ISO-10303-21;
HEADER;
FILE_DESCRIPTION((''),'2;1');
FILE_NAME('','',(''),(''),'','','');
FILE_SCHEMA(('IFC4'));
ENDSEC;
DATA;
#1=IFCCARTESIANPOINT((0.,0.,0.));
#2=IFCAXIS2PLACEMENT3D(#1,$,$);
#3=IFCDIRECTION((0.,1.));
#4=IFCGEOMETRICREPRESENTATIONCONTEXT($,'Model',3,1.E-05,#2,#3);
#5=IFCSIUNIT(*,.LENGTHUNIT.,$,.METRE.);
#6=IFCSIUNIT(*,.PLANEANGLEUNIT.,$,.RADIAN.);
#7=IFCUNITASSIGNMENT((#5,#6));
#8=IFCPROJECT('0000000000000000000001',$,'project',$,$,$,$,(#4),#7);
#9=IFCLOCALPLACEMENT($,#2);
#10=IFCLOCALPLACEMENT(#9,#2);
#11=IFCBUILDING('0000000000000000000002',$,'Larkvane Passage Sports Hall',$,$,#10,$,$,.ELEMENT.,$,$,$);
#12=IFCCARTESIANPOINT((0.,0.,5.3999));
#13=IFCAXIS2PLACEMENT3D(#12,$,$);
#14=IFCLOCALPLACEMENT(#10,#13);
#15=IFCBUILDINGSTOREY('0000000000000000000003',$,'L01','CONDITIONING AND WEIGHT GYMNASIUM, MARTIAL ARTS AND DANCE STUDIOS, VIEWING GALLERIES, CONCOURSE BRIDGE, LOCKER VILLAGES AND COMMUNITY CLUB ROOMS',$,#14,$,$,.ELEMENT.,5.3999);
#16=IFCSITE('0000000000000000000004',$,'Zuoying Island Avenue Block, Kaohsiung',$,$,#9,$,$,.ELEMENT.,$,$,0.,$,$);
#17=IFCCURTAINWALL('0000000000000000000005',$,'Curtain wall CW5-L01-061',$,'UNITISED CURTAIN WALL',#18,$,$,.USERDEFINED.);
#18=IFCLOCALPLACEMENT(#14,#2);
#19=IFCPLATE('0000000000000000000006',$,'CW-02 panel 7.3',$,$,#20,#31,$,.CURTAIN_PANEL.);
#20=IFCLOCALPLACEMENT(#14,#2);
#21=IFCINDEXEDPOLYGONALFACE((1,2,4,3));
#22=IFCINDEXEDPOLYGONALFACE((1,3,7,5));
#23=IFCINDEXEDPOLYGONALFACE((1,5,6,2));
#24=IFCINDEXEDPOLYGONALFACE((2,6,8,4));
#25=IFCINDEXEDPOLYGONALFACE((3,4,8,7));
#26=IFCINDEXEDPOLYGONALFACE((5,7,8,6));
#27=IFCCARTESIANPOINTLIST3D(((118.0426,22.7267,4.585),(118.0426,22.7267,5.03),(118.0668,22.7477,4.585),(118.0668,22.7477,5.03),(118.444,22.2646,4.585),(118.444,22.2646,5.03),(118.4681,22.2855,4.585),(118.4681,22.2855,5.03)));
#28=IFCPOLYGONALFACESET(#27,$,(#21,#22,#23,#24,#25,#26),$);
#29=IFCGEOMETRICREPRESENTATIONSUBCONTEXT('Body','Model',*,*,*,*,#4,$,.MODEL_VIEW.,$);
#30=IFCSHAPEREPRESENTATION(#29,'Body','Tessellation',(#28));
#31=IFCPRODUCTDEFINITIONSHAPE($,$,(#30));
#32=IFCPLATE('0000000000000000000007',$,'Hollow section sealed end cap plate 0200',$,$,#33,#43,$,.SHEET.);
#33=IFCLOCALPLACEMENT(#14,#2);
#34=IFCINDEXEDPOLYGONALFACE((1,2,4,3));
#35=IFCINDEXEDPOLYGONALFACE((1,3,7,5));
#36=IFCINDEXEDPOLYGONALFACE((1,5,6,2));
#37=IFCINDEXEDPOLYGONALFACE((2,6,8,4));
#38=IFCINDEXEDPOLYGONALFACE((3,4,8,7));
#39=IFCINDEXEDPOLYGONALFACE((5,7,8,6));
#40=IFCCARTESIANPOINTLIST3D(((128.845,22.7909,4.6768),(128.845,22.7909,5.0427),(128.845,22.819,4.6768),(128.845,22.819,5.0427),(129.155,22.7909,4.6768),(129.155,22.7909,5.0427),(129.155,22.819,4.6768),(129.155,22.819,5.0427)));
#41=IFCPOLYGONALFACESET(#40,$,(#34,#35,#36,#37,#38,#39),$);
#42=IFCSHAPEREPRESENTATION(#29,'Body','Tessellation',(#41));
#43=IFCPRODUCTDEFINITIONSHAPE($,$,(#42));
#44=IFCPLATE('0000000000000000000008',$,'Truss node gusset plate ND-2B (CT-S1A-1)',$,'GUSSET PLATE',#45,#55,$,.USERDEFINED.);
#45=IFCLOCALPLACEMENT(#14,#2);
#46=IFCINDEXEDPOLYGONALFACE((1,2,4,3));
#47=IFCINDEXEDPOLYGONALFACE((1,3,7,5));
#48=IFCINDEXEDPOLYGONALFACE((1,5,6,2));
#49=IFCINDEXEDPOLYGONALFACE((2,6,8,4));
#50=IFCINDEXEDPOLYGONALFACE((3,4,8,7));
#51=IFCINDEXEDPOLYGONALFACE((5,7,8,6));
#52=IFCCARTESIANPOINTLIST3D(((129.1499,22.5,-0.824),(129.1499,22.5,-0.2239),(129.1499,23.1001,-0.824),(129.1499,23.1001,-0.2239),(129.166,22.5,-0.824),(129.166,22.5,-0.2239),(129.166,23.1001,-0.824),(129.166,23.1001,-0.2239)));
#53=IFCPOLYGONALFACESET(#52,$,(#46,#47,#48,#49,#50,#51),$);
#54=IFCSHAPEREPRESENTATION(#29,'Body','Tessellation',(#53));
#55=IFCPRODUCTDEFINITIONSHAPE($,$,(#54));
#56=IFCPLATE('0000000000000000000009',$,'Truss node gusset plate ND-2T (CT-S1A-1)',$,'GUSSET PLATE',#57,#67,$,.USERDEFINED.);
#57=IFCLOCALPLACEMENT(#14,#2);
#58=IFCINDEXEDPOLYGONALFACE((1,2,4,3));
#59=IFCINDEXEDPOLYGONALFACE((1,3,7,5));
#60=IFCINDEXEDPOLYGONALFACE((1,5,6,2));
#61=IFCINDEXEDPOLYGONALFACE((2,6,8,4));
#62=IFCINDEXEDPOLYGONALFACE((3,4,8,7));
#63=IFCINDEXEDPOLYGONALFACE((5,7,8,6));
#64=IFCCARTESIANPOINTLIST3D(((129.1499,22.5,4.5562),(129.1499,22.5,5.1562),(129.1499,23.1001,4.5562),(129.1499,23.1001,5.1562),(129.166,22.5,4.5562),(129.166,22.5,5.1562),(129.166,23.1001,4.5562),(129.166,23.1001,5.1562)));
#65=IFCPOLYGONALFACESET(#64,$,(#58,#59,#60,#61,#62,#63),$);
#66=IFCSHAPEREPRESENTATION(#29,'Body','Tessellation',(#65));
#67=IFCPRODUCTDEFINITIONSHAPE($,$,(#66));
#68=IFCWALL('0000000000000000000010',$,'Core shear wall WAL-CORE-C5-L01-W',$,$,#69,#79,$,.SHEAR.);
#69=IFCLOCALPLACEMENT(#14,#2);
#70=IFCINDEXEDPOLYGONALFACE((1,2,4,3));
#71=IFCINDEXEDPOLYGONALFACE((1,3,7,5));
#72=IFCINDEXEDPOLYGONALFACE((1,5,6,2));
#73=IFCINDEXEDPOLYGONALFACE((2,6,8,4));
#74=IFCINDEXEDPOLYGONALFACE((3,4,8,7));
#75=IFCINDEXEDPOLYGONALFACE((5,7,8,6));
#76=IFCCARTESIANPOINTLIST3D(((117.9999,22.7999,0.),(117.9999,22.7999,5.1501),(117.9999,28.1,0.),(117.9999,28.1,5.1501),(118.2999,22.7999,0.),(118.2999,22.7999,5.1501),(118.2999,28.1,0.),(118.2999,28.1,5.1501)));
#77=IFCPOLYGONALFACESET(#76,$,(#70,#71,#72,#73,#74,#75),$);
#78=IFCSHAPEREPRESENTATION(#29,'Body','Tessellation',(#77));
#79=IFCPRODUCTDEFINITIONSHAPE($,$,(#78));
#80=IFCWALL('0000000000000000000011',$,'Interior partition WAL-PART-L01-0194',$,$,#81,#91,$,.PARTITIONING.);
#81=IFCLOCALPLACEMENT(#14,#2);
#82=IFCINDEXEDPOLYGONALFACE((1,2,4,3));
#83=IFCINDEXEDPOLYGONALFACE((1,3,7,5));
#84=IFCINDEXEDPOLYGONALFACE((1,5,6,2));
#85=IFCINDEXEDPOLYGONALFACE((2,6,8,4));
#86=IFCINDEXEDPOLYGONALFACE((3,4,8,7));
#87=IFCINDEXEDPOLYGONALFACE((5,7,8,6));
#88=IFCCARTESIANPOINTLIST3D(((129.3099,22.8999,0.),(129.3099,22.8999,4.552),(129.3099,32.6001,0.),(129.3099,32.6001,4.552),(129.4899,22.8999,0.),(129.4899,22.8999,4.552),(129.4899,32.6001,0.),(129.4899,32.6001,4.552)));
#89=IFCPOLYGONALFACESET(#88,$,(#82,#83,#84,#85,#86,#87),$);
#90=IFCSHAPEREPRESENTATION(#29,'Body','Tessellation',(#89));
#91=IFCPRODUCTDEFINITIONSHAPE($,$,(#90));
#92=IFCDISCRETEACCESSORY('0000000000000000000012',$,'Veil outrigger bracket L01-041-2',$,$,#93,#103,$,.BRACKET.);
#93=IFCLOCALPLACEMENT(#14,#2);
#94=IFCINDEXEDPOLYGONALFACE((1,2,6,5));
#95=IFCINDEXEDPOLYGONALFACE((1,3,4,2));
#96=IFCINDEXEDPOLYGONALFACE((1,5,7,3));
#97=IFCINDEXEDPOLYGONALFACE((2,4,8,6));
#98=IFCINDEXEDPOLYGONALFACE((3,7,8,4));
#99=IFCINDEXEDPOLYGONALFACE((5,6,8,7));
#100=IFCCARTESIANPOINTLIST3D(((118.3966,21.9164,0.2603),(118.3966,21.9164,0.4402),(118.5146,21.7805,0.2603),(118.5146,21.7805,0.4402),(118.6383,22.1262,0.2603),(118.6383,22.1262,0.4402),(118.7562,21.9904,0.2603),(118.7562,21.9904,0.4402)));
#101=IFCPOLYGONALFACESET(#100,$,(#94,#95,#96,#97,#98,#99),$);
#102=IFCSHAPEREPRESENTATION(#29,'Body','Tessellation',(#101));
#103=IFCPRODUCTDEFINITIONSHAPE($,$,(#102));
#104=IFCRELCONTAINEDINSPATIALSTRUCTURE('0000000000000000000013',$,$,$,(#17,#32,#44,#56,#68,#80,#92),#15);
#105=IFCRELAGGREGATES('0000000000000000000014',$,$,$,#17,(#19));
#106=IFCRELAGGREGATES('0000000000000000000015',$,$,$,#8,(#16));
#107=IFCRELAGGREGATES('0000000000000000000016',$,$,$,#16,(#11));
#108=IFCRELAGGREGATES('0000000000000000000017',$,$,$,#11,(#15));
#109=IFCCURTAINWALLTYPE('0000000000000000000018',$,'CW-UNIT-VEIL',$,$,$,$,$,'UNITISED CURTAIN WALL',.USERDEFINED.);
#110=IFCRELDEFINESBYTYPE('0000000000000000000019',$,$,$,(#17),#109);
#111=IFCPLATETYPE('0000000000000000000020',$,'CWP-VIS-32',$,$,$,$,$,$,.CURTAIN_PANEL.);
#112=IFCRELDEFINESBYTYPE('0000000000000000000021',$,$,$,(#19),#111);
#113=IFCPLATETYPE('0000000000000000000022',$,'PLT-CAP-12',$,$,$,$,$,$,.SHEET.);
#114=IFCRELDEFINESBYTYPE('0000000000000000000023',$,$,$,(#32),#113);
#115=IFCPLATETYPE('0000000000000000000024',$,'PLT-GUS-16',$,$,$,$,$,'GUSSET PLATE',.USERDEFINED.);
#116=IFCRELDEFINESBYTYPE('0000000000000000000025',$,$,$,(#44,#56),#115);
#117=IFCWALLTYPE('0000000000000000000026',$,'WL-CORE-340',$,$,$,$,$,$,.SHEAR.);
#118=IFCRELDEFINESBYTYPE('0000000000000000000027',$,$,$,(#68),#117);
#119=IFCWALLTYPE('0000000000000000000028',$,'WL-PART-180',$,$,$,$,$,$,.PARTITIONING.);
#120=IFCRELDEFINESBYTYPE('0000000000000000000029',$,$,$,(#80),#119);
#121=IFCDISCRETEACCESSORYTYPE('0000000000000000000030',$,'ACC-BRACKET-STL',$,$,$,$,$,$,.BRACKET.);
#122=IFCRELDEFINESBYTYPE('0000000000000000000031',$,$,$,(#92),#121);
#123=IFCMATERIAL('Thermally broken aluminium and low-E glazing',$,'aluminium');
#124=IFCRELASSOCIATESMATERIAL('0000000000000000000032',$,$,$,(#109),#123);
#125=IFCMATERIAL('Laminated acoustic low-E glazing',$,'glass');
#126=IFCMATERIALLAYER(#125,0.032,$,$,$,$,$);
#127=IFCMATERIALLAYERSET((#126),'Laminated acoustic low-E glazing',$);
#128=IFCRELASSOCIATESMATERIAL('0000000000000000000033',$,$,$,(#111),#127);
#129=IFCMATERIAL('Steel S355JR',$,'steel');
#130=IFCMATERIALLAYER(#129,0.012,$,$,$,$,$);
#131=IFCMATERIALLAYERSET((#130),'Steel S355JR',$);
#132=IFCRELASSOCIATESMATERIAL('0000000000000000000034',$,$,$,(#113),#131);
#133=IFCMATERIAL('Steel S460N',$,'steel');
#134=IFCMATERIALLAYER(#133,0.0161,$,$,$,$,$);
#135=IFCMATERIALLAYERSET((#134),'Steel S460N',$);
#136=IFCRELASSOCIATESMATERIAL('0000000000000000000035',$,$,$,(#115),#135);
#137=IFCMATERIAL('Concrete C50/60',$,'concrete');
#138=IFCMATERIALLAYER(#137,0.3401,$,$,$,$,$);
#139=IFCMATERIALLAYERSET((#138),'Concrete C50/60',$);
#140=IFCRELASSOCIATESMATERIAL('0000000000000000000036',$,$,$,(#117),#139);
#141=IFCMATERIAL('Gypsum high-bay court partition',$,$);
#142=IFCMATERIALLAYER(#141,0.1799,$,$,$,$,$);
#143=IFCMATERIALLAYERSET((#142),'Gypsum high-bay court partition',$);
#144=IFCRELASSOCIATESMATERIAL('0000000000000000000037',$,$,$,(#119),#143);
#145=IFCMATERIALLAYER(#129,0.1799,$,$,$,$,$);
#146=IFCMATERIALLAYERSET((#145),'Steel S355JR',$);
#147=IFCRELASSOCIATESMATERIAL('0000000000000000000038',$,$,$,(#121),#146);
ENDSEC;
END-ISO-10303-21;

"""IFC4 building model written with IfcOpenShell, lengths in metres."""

from ifc_helpers import new_model, si_unit, direction, frame, frame_2d, origin, origin_2d, place, context, subcontext, project, spatial, rectangle, extrude, material, layer, layer_set, type_object, element, aggregate, save


model = new_model("IFC4")

# Units and contexts
model_context = context("Model", 3, precision=1e-05, world=origin(), true_north=direction((0.0, 1.0)))
body_context = subcontext(model_context, "Body", "Model", "MODEL_VIEW")
ifc_project = project(units=[si_unit("LENGTHUNIT", "METRE"), si_unit("PLANEANGLEUNIT", "RADIAN")], contexts=[model_context])

# Site, building, storey
site_placement = place(None, origin())
site = spatial("IfcSite", under=ifc_project, at=site_placement, Name="Zuoying Island Avenue Block, Kaohsiung", CompositionType="ELEMENT", RefElevation=0.0)
building_placement = place(site_placement, origin())
building = spatial("IfcBuilding", under=site, at=building_placement, Name="Larkvane Passage Sports Hall", CompositionType="ELEMENT")
storey_placement = place(building_placement, frame((0.0, 0.0, 5.3999)))
storey = spatial("IfcBuildingStorey", under=building, at=storey_placement, Name="L01", Description="CONDITIONING AND WEIGHT GYMNASIUM, MARTIAL ARTS AND DANCE STUDIOS, VIEWING GALLERIES, CONCOURSE BRIDGE, LOCKER VILLAGES AND COMMUNITY CLUB ROOMS", CompositionType="ELEMENT", Elevation=5.3999)

# Shared definitions
ifc_material_1 = material(Name="Steel S460N", Category="steel")

# Curtain wall
ifc_material_2 = material(Name="Thermally broken aluminium and low-E glazing", Category="aluminium")
curtain_wall_type = type_object("IfcCurtainWallType", Name="CW-UNIT-VEIL", ElementType="UNITISED CURTAIN WALL", PredefinedType="USERDEFINED", material=ifc_material_2)
curtain_wall_placement = place(storey_placement, origin())
curtain_wall = element("IfcCurtainWall", 1, at=curtain_wall_placement, inside=storey, type_object=curtain_wall_type, Name="Curtain wall CW5-L01-061", ObjectType="UNITISED CURTAIN WALL", PredefinedType="USERDEFINED")

# Plate
ifc_material_3 = material(Name="Laminated acoustic low-E glazing", Category="glass")
ifc_layer_1 = layer(ifc_material_3, 0.032)
ifc_layer_set_1 = layer_set([ifc_layer_1], Name="Laminated acoustic low-E glazing")
plate_type_1 = type_object("IfcPlateType", Name="CWP-VIS-32", PredefinedType="CURTAIN_PANEL", material=ifc_layer_set_1)
plate_1_placement = place(storey_placement, frame((118.2554, 22.5061, 4.585), z_axis=(0.0, 0.0, 1.0), x_axis=(-0.655685, 0.755035, 0.0)))
plate_1 = element("IfcPlate", 2, at=plate_1_placement, type_object=plate_type_1, Name="CW-02 panel 7.3", PredefinedType="CURTAIN_PANEL", context=body_context, shape_type="SweptSolid", body=[
    extrude(rectangle(XDim=0.6121, YDim=0.032, at=origin_2d()), origin(), (0.0, 0.0, 1.0), 0.4451),
])
aggregate(curtain_wall, [plate_1])

# Plates
ifc_material_4 = material(Name="Steel S355JR", Category="steel")
ifc_layer_2 = layer(ifc_material_4, 0.012)
ifc_layer_set_2 = layer_set([ifc_layer_2], Name="Steel S355JR")
plate_type_2 = type_object("IfcPlateType", Name="PLT-CAP-12", PredefinedType="SHEET", material=ifc_layer_set_2)
plate_2_placement = place(storey_placement, frame((129.0, 22.8049, 4.6768), z_axis=(0.0, 0.0, 1.0), x_axis=(-1.0, 0.0, 0.0)))
element("IfcPlate", 3, at=plate_2_placement, inside=storey, type_object=plate_type_2, Name="Hollow section sealed end cap plate 0200", PredefinedType="SHEET", context=body_context, shape_type="SweptSolid", body=[
    extrude(rectangle(XDim=0.3101, YDim=0.0281, at=origin_2d()), origin(), (0.0, 0.0, 1.0), 0.366),
])
ifc_layer_3 = layer(ifc_material_1, 0.0161)
ifc_layer_set_3 = layer_set([ifc_layer_3], Name="Steel S460N")
plate_type_3 = type_object("IfcPlateType", Name="PLT-GUS-16", ElementType="GUSSET PLATE", PredefinedType="USERDEFINED", material=ifc_layer_set_3)
for number, where, z_axis, x_axis, name in (
    (4, (129.158, 22.8, -0.824), (0.0, 0.0, 1.0), (0.0, 1.0, 0.0), "Truss node gusset plate ND-2B (CT-S1A-1)"),
    (5, (129.158, 22.8, 4.5562), (0.0, 0.0, 1.0), (0.0, 1.0, 0.0), "Truss node gusset plate ND-2T (CT-S1A-1)"),
):
    element("IfcPlate", number, at=place(storey_placement, frame(where, z_axis=z_axis, x_axis=x_axis)), inside=storey, type_object=plate_type_3, Name=name, ObjectType="GUSSET PLATE", PredefinedType="USERDEFINED", context=body_context, shape_type="SweptSolid", body=[
        extrude(rectangle(XDim=0.6001, YDim=0.0161, at=origin_2d()), origin(), (0.0, 0.0, 1.0), 0.6001),
    ])

# Walls
ifc_material_5 = material(Name="Concrete C50/60", Category="concrete")
ifc_layer_4 = layer(ifc_material_5, 0.3401)
ifc_layer_set_4 = layer_set([ifc_layer_4], Name="Concrete C50/60")
wall_type_1 = type_object("IfcWallType", Name="WL-CORE-340", PredefinedType="SHEAR", material=ifc_layer_set_4)
wall_1_placement = place(storey_placement, frame((118.1499, 22.8, 0.0), z_axis=(0.0, 0.0, 1.0), x_axis=(0.0, 1.0, 0.0)))
element("IfcWall", 6, at=wall_1_placement, inside=storey, type_object=wall_type_1, Name="Core shear wall WAL-CORE-C5-L01-W", PredefinedType="SHEAR", context=body_context, shape_type="SweptSolid", body=[
    extrude(rectangle(XDim=5.3, YDim=0.3, at=frame_2d((2.6499, 0.0))), origin(), (0.0, 0.0, 1.0), 5.1501),
])
ifc_material_6 = material(Name="Gypsum high-bay court partition")
ifc_layer_5 = layer(ifc_material_6, 0.1799)
ifc_layer_set_5 = layer_set([ifc_layer_5], Name="Gypsum high-bay court partition")
wall_type_2 = type_object("IfcWallType", Name="WL-PART-180", PredefinedType="PARTITIONING", material=ifc_layer_set_5)
wall_2_placement = place(storey_placement, frame((129.3999, 22.8999, 0.0), z_axis=(0.0, 0.0, 1.0), x_axis=(0.0, 1.0, 0.0)))
element("IfcWall", 7, at=wall_2_placement, inside=storey, type_object=wall_type_2, Name="Interior partition WAL-PART-L01-0194", PredefinedType="PARTITIONING", context=body_context, shape_type="SweptSolid", body=[
    extrude(rectangle(XDim=9.7002, YDim=0.1799, at=frame_2d((4.8501, 0.0))), origin(), (0.0, 0.0, 1.0), 4.552),
])

# Discrete accessory
ifc_layer_6 = layer(ifc_material_4, 0.1799)
ifc_layer_set_6 = layer_set([ifc_layer_6], Name="Steel S355JR")
discrete_accessory_type = type_object("IfcDiscreteAccessoryType", Name="ACC-BRACKET-STL", PredefinedType="BRACKET", material=ifc_layer_set_6)
discrete_accessory_placement = place(storey_placement, frame((118.5764, 21.9534, 0.2603), z_axis=(0.0, 0.0, 1.0), x_axis=(-0.655687, 0.755033, 0.0)))
element("IfcDiscreteAccessory", 8, at=discrete_accessory_placement, inside=storey, type_object=discrete_accessory_type, Name="Veil outrigger bracket L01-041-2", PredefinedType="BRACKET", context=body_context, shape_type="SweptSolid", body=[
    extrude(rectangle(XDim=0.1799, YDim=0.3201, at=origin_2d()), origin(), (0.0, 0.0, 1.0), 0.1799),
])

save(model, "model.ifc")
